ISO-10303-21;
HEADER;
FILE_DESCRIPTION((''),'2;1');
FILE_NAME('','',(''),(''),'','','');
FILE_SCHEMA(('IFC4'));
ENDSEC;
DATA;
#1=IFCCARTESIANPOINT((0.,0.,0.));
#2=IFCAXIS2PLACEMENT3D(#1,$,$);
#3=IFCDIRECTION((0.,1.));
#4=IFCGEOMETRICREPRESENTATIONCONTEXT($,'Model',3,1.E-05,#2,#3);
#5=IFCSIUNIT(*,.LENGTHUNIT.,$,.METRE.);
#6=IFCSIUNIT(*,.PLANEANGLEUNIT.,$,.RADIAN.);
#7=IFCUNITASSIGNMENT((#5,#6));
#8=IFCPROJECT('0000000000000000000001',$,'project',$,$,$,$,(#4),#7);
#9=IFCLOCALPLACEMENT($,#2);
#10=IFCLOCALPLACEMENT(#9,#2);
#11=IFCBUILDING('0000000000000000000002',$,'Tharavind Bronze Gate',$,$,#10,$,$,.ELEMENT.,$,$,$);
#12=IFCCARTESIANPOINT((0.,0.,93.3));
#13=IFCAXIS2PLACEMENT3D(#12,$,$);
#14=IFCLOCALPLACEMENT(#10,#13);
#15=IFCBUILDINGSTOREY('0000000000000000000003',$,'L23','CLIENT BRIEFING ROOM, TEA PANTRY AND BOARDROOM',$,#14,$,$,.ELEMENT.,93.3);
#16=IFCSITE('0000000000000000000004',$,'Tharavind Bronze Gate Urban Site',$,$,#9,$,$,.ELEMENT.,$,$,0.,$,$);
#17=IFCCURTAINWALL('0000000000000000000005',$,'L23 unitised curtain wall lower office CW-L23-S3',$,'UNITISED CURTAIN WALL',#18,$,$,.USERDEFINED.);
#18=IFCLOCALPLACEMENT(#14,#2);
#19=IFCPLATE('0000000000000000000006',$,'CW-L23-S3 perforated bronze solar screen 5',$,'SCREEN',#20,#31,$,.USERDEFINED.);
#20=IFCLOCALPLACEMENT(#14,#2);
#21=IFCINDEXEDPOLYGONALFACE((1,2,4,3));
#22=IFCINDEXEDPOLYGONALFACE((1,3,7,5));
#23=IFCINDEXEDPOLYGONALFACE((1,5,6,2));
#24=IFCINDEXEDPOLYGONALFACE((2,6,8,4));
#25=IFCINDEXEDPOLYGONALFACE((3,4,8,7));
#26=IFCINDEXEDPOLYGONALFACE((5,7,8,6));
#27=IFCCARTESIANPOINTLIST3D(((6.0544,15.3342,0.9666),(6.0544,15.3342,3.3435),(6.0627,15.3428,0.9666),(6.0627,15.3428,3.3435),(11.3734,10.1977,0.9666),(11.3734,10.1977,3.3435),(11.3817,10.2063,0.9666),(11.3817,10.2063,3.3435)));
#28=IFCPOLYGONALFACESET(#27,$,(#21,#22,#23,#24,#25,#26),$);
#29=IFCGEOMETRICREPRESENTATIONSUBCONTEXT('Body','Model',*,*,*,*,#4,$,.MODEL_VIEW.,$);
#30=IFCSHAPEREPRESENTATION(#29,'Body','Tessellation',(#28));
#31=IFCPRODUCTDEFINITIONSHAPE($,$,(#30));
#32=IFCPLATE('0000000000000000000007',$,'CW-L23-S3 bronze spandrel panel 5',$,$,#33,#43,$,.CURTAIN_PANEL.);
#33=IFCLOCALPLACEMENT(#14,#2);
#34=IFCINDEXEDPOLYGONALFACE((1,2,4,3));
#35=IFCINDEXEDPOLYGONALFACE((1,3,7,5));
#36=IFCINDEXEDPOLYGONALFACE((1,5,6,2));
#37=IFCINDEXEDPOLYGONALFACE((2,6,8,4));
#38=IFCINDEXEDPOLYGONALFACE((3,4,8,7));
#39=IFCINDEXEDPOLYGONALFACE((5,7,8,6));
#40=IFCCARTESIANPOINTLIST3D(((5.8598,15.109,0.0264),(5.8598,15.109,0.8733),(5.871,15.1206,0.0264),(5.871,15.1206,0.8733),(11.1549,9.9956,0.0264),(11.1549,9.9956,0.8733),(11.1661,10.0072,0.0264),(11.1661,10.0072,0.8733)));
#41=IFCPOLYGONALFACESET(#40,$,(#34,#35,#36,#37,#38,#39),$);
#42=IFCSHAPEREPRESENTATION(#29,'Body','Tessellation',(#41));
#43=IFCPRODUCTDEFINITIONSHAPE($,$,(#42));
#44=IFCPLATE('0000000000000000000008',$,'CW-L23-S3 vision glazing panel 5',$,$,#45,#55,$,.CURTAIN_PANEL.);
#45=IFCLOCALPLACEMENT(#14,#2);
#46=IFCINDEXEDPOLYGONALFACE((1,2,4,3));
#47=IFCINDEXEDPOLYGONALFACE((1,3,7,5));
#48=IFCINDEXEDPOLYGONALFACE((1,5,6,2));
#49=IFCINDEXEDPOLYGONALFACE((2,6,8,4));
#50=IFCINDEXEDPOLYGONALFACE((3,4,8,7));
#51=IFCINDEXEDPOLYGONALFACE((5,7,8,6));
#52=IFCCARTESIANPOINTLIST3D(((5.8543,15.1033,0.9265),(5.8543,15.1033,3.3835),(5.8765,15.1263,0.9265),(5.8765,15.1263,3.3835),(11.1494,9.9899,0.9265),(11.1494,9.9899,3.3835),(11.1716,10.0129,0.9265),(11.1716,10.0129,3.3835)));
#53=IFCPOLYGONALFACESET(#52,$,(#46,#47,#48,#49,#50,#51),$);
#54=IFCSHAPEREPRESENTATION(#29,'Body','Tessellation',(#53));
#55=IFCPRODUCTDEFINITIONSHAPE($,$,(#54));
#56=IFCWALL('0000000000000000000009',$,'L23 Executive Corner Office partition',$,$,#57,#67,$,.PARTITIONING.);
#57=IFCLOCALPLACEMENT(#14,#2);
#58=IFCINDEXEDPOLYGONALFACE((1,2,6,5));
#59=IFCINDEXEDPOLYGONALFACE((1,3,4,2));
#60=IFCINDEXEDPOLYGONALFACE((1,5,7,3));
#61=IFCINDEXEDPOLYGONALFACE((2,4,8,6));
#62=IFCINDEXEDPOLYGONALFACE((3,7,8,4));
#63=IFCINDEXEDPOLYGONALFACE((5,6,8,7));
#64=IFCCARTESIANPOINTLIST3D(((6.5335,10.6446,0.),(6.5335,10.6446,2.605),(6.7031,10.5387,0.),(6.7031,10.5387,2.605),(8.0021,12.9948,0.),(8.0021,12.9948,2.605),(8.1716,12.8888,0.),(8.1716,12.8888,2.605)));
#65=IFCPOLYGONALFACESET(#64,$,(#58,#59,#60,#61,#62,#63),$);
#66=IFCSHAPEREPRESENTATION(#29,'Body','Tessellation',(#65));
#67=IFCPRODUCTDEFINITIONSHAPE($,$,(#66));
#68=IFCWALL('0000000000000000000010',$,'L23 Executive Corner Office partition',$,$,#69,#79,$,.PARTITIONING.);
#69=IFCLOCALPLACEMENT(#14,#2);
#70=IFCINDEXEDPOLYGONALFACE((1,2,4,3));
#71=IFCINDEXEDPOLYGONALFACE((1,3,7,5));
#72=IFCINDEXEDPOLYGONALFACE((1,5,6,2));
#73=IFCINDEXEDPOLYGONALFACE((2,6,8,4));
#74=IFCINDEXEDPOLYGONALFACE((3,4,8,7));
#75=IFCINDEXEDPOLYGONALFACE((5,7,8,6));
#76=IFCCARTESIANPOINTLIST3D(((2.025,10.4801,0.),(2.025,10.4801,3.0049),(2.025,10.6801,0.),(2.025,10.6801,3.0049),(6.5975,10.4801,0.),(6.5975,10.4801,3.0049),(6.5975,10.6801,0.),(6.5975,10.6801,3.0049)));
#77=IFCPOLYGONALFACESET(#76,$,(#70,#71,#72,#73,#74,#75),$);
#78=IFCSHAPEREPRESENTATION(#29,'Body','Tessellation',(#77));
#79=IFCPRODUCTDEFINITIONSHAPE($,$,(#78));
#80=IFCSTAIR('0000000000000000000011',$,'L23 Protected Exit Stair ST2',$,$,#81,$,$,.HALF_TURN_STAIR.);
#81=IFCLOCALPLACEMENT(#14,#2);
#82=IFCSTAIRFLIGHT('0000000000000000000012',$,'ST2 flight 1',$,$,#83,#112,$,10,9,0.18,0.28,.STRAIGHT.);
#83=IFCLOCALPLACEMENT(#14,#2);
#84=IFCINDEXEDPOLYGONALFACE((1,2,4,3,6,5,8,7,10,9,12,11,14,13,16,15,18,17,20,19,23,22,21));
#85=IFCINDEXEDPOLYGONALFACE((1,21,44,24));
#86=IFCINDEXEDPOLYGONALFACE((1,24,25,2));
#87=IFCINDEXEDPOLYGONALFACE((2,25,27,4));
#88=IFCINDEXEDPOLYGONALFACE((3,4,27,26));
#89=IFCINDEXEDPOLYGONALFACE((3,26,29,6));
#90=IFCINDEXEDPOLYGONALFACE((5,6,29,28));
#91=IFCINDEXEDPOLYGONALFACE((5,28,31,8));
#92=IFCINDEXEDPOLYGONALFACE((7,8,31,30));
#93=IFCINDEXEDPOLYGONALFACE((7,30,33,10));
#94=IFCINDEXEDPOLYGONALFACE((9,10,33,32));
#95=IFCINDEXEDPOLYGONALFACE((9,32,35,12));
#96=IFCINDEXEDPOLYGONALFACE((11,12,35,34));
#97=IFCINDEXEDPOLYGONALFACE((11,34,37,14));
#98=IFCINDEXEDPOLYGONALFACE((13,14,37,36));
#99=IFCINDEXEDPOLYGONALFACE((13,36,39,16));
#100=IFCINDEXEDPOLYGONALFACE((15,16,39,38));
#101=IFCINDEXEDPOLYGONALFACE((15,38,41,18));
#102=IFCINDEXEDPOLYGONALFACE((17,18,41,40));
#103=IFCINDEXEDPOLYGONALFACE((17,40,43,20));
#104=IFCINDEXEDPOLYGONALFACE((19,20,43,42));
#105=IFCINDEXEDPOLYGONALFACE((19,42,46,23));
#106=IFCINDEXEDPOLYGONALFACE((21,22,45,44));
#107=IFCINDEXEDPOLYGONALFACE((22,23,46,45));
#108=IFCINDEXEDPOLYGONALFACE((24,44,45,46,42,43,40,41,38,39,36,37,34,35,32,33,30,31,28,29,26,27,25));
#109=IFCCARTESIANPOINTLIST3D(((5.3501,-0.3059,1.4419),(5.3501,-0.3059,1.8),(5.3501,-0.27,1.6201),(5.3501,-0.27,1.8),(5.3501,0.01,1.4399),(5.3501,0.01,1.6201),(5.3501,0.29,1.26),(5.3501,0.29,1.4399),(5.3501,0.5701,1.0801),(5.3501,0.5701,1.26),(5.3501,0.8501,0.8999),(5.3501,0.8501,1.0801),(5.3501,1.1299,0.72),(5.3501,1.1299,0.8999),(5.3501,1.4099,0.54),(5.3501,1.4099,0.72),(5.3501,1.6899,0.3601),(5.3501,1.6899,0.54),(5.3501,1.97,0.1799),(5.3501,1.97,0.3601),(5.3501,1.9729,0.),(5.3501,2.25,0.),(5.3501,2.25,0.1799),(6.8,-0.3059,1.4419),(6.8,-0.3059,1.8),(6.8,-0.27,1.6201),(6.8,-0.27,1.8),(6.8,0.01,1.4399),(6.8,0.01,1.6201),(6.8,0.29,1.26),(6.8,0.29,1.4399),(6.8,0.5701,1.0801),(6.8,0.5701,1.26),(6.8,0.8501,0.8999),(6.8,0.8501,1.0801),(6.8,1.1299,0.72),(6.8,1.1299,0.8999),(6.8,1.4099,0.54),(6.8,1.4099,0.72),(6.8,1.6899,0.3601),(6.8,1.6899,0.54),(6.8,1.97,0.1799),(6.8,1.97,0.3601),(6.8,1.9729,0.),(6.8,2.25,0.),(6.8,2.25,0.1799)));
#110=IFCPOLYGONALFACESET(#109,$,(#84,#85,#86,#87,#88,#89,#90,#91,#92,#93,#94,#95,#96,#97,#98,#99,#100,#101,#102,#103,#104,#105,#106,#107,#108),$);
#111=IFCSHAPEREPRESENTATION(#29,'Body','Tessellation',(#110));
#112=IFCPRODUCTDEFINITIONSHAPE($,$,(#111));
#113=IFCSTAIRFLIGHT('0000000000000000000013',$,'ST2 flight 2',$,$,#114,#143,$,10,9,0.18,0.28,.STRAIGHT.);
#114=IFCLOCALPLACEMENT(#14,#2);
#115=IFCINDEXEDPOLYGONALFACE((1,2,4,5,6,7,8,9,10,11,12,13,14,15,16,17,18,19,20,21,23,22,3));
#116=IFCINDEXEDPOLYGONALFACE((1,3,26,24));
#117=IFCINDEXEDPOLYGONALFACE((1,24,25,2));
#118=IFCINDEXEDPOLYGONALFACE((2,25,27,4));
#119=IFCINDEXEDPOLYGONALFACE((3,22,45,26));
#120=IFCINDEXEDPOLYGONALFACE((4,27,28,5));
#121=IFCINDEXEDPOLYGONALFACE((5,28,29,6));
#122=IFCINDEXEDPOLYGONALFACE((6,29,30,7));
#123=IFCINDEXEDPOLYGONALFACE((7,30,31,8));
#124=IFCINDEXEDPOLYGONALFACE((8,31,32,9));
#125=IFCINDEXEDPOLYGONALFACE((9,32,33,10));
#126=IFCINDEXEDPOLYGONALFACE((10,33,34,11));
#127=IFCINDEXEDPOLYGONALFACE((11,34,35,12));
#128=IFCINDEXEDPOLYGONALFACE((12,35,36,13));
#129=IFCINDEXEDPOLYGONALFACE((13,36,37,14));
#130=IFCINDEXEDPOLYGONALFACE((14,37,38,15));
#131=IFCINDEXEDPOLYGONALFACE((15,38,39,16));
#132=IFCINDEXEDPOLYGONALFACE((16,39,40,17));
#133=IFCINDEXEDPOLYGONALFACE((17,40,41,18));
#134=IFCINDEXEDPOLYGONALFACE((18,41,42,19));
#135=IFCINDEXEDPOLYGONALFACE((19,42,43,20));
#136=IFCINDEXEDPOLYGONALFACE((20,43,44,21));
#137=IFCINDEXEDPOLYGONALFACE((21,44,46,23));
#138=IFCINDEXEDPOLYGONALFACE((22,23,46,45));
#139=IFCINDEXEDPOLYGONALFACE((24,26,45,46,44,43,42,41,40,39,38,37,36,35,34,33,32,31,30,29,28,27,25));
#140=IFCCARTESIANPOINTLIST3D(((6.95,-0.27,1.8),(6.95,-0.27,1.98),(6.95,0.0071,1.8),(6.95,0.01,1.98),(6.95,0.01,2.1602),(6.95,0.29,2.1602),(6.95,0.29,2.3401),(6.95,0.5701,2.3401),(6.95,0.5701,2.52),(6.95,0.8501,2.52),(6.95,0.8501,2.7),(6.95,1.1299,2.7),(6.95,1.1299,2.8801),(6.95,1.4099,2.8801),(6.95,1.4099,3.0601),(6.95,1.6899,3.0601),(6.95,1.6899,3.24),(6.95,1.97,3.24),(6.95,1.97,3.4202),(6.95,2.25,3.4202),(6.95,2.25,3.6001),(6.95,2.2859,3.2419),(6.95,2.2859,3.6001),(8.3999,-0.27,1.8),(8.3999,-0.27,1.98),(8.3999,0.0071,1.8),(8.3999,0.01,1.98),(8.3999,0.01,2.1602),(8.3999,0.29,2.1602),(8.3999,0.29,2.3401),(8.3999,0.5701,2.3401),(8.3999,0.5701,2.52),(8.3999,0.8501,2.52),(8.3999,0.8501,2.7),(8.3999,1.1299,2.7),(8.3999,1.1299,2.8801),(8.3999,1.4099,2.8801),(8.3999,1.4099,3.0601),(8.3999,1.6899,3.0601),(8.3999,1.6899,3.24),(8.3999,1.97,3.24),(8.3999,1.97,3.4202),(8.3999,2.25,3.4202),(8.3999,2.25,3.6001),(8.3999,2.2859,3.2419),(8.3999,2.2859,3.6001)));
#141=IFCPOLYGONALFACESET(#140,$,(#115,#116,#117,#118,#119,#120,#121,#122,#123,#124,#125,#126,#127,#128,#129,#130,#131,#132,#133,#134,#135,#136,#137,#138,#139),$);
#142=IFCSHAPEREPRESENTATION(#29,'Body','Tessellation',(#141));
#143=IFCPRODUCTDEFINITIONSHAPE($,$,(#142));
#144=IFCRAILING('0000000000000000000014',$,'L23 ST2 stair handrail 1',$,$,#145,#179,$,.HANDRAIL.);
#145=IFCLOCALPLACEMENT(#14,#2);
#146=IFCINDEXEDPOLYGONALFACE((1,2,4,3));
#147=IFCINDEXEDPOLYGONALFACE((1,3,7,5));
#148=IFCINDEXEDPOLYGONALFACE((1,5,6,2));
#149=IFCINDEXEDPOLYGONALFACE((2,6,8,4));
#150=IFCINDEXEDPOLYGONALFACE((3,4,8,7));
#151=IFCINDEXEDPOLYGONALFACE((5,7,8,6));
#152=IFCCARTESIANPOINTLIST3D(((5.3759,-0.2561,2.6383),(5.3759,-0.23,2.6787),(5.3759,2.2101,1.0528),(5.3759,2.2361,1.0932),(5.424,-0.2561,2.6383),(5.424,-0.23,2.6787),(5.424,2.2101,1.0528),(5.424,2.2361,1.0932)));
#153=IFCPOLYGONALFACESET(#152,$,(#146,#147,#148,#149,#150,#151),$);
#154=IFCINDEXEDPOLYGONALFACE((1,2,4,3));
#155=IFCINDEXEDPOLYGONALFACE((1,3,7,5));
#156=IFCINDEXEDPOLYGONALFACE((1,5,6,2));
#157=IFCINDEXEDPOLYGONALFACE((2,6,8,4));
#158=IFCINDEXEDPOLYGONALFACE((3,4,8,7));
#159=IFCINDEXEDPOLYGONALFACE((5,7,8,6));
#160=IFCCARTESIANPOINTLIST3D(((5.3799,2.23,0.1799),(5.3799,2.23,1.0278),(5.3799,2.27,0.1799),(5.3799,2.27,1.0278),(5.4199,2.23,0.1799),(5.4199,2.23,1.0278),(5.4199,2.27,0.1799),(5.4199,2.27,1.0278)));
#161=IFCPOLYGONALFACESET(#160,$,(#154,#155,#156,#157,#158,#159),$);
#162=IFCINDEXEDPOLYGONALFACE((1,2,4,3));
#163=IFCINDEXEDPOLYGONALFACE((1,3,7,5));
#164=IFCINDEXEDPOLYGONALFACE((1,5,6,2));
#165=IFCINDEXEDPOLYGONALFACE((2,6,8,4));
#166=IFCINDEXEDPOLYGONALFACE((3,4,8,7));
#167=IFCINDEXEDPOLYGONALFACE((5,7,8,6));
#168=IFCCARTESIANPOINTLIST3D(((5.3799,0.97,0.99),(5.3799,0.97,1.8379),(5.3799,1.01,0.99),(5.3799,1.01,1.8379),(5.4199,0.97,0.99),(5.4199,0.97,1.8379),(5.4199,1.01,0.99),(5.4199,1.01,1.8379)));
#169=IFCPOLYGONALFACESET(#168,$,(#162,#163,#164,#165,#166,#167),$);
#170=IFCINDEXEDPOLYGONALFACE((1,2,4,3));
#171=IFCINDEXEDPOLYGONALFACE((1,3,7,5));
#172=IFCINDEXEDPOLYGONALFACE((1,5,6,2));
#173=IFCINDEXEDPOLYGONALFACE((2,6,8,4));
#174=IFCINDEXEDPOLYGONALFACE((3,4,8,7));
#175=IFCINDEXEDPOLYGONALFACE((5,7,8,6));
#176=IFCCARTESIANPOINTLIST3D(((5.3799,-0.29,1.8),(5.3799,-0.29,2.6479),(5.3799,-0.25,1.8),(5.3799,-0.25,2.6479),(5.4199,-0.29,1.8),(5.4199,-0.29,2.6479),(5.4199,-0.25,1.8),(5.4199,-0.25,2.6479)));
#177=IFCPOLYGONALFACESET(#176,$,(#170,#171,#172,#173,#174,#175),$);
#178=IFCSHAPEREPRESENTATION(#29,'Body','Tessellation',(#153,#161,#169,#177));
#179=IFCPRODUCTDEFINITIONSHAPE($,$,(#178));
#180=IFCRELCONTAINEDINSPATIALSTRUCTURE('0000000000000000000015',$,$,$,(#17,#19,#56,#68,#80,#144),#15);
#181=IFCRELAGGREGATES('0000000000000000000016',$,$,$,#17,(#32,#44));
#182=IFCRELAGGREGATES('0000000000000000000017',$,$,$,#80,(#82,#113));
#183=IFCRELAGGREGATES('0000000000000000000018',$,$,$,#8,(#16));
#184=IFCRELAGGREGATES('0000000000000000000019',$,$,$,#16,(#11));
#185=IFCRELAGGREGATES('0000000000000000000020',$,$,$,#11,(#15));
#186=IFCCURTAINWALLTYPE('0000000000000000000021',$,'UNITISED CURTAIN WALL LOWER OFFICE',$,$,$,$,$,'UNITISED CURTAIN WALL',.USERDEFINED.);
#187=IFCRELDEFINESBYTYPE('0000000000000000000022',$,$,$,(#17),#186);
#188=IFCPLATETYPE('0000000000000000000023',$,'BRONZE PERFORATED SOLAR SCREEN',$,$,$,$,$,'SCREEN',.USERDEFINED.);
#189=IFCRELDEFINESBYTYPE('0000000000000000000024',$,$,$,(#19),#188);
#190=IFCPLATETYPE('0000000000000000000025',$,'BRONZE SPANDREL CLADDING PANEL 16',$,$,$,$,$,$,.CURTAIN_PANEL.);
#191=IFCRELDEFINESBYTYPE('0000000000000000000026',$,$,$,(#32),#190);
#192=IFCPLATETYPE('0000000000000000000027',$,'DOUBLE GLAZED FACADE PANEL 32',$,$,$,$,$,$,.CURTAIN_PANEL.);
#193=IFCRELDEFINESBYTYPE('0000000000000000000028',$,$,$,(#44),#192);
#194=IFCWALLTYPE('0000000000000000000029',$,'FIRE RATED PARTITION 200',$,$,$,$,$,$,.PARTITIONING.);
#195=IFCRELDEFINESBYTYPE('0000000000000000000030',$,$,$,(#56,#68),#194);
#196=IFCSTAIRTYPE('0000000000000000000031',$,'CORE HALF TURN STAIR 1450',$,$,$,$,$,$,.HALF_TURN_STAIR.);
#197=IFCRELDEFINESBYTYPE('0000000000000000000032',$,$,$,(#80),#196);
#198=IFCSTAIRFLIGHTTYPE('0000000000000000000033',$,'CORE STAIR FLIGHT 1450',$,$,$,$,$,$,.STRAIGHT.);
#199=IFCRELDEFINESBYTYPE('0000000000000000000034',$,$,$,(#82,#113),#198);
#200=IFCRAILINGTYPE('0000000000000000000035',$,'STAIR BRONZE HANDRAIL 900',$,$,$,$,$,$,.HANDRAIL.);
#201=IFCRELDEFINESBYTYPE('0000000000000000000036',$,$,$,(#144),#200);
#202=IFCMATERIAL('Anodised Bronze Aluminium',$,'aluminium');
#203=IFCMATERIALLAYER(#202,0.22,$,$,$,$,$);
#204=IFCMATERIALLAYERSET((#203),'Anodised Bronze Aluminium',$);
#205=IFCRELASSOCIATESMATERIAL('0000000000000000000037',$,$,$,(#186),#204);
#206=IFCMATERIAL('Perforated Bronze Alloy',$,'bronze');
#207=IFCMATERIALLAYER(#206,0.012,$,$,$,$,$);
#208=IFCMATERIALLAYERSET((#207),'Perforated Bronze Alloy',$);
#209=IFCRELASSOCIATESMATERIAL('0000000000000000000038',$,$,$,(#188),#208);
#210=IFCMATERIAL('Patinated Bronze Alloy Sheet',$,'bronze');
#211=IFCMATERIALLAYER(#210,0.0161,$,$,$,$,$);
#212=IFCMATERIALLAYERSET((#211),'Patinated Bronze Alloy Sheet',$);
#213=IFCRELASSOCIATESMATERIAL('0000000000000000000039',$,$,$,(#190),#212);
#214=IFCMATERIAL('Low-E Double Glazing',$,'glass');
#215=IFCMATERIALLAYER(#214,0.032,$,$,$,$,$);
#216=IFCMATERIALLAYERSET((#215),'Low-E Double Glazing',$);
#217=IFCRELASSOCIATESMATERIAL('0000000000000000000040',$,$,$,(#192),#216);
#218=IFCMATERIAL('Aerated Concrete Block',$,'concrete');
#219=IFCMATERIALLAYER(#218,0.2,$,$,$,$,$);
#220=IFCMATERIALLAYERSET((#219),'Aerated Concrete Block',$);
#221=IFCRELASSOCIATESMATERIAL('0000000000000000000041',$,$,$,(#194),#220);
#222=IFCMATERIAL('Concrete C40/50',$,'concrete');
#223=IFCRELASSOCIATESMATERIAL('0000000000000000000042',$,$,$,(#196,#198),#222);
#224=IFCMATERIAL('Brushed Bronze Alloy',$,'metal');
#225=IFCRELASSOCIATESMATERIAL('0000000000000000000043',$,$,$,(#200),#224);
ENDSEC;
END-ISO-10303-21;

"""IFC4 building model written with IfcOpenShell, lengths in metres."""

from ifc_helpers import new_model, si_unit, direction, frame, frame_2d, origin, origin_2d, place, context, subcontext, project, spatial, polyline, rectangle, outline, extrude, material, layer, layer_set, type_object, element, aggregate, save


model = new_model("IFC4")

# Units and contexts
model_context = context("Model", 3, precision=1e-05, world=origin(), true_north=direction((0.0, 1.0)))
body_context = subcontext(model_context, "Body", "Model", "MODEL_VIEW")
ifc_project = project(units=[si_unit("LENGTHUNIT", "METRE"), si_unit("PLANEANGLEUNIT", "RADIAN")], contexts=[model_context])

# Site, building, storey
site_placement = place(None, origin())
site = spatial("IfcSite", under=ifc_project, at=site_placement, Name="Tharavind Bronze Gate Urban Site", CompositionType="ELEMENT", RefElevation=0.0)
building_placement = place(site_placement, origin())
building = spatial("IfcBuilding", under=site, at=building_placement, Name="Tharavind Bronze Gate", CompositionType="ELEMENT")
storey_placement = place(building_placement, frame((0.0, 0.0, 93.3)))
storey = spatial("IfcBuildingStorey", under=building, at=storey_placement, Name="L23", Description="CLIENT BRIEFING ROOM, TEA PANTRY AND BOARDROOM", CompositionType="ELEMENT", Elevation=93.3)

# Curtain wall
ifc_material_1 = material(Name="Anodised Bronze Aluminium", Category="aluminium")
ifc_layer_1 = layer(ifc_material_1, 0.22)
ifc_layer_set_1 = layer_set([ifc_layer_1], Name="Anodised Bronze Aluminium")
curtain_wall_type = type_object("IfcCurtainWallType", Name="UNITISED CURTAIN WALL LOWER OFFICE", ElementType="UNITISED CURTAIN WALL", PredefinedType="USERDEFINED", material=ifc_layer_set_1)
curtain_wall_placement = place(storey_placement, origin())
curtain_wall = element("IfcCurtainWall", 1, at=curtain_wall_placement, inside=storey, type_object=curtain_wall_type, Name="L23 unitised curtain wall lower office CW-L23-S3", ObjectType="UNITISED CURTAIN WALL", PredefinedType="USERDEFINED")

# Plates
ifc_material_2 = material(Name="Perforated Bronze Alloy", Category="bronze")
ifc_layer_2 = layer(ifc_material_2, 0.012)
ifc_layer_set_2 = layer_set([ifc_layer_2], Name="Perforated Bronze Alloy")
plate_type_1 = type_object("IfcPlateType", Name="BRONZE PERFORATED SOLAR SCREEN", ElementType="SCREEN", PredefinedType="USERDEFINED", material=ifc_layer_set_2)
plate_1_placement = place(storey_placement, frame((8.718, 12.7703, 0.9666), z_axis=(0.0, 0.0, 1.0), x_axis=(-0.719341, 0.694657, 0.0)))
element("IfcPlate", 2, at=plate_1_placement, inside=storey, type_object=plate_type_1, Name="CW-L23-S3 perforated bronze solar screen 5", ObjectType="SCREEN", PredefinedType="USERDEFINED", context=body_context, shape_type="SweptSolid", body=[
    extrude(rectangle(XDim=7.3943, YDim=0.012, at=origin_2d()), origin(), (0.0, 0.0, 1.0), 2.377),
])
ifc_material_3 = material(Name="Patinated Bronze Alloy Sheet", Category="bronze")
ifc_layer_3 = layer(ifc_material_3, 0.0161)
ifc_layer_set_3 = layer_set([ifc_layer_3], Name="Patinated Bronze Alloy Sheet")
plate_type_2 = type_object("IfcPlateType", Name="BRONZE SPANDREL CLADDING PANEL 16", PredefinedType="CURTAIN_PANEL", material=ifc_layer_set_3)
plate_2_placement = place(storey_placement, frame((8.5129, 12.5581, 0.0264), z_axis=(0.0, 0.0, 1.0), x_axis=(-0.719341, 0.694657, 0.0)))
plate_2 = element("IfcPlate", 3, at=plate_2_placement, type_object=plate_type_2, Name="CW-L23-S3 bronze spandrel panel 5", PredefinedType="CURTAIN_PANEL", context=body_context, shape_type="SweptSolid", body=[
    extrude(rectangle(XDim=7.3611, YDim=0.0161, at=origin_2d()), origin(), (0.0, 0.0, 1.0), 0.8469),
])
ifc_material_4 = material(Name="Low-E Double Glazing", Category="glass")
ifc_layer_4 = layer(ifc_material_4, 0.032)
ifc_layer_set_4 = layer_set([ifc_layer_4], Name="Low-E Double Glazing")
plate_type_3 = type_object("IfcPlateType", Name="DOUBLE GLAZED FACADE PANEL 32", PredefinedType="CURTAIN_PANEL", material=ifc_layer_set_4)
plate_3_placement = place(storey_placement, frame((8.5129, 12.5581, 0.9265), z_axis=(0.0, 0.0, 1.0), x_axis=(-0.719341, 0.694657, 0.0)))
plate_3 = element("IfcPlate", 4, at=plate_3_placement, type_object=plate_type_3, Name="CW-L23-S3 vision glazing panel 5", PredefinedType="CURTAIN_PANEL", context=body_context, shape_type="SweptSolid", body=[
    extrude(rectangle(XDim=7.3611, YDim=0.032, at=origin_2d()), origin(), (0.0, 0.0, 1.0), 2.457),
])
aggregate(curtain_wall, [plate_2, plate_3])

# Walls
ifc_material_5 = material(Name="Aerated Concrete Block", Category="concrete")
ifc_layer_5 = layer(ifc_material_5, 0.2)
ifc_layer_set_5 = layer_set([ifc_layer_5], Name="Aerated Concrete Block")
wall_type_1 = type_object("IfcWallType", Name="FIRE RATED PARTITION 200", PredefinedType="PARTITIONING", material=ifc_layer_set_5)
wall_1_placement = place(storey_placement, frame((8.0869, 12.9419, 0.0), z_axis=(0.0, 0.0, 1.0), x_axis=(-0.52992, -0.848048, 0.0)))
element("IfcWall", 5, at=wall_1_placement, inside=storey, type_object=wall_type_1, Name="L23 Executive Corner Office partition", PredefinedType="PARTITIONING", context=body_context, shape_type="SweptSolid", body=[
    extrude(rectangle(XDim=2.7712, YDim=0.2, at=frame_2d((1.3857, 0.0))), origin(), (0.0, 0.0, 1.0), 2.605),
])
wall_2_placement = place(storey_placement, frame((6.5974, 10.5801, 0.0), z_axis=(0.0, 0.0, 1.0), x_axis=(-1.0, 0.0, 0.0)))
element("IfcWall", 6, at=wall_2_placement, inside=storey, type_object=wall_type_1, Name="L23 Executive Corner Office partition", PredefinedType="PARTITIONING", context=body_context, shape_type="SweptSolid", body=[
    extrude(rectangle(XDim=4.5725, YDim=0.2, at=frame_2d((2.2861, 0.0))), origin(), (0.0, 0.0, 1.0), 3.0049),
])

# Stair, stair flights
ifc_material_6 = material(Name="Concrete C40/50", Category="concrete")
stair_type = type_object("IfcStairType", Name="CORE HALF TURN STAIR 1450", PredefinedType="HALF_TURN_STAIR", material=ifc_material_6)
stair_placement = place(storey_placement, origin())
stair = element("IfcStair", 7, at=stair_placement, inside=storey, type_object=stair_type, Name="L23 Protected Exit Stair ST2", PredefinedType="HALF_TURN_STAIR")
stair_flight_type = type_object("IfcStairFlightType", Name="CORE STAIR FLIGHT 1450", PredefinedType="STRAIGHT", material=ifc_material_6)
stair_flight_1_placement = place(storey_placement, frame((6.075, 2.25, 0.0), z_axis=(0.0, 0.0, 1.0), x_axis=(0.0, -1.0, 0.0)))
stair_flight_1 = element("IfcStairFlight", 8, at=stair_flight_1_placement, type_object=stair_flight_type, Name="ST2 flight 1", NumberOfRisers=10, NumberOfTreads=9, PredefinedType="STRAIGHT", RiserHeight=0.18, TreadLength=0.28, context=body_context, shape_type="SweptSolid", body=[
    extrude(outline(polyline([(0.0, 0.0), (0.0, 0.1799), (0.28, 0.1799), (0.28, 0.3601), (0.5601, 0.3601), (0.5601, 0.54), (0.8401, 0.54), (0.8401, 0.72), (1.1201, 0.72), (1.1201, 0.8999), (1.3999, 0.8999), (1.3999, 1.0801), (1.6799, 1.0801), (1.6799, 1.26), (1.96, 1.26), (1.96, 1.4399), (2.24, 1.4399), (2.24, 1.6201), (2.52, 1.6201), (2.52, 1.8), (2.5559, 1.8), (2.5559, 1.4419), (0.2771, 0.0), (0.0, 0.0)])), frame((0.0, 0.7251, 0.0), z_axis=(0.0, -1.0, 0.0), x_axis=(1.0, 0.0, 0.0)), (0.0, 0.0, 1.0), 1.45),
])
stair_flight_2_placement = place(storey_placement, frame((7.675, -0.27, 1.8), z_axis=(0.0, 0.0, 1.0), x_axis=(0.0, 1.0, 0.0)))
stair_flight_2 = element("IfcStairFlight", 9, at=stair_flight_2_placement, type_object=stair_flight_type, Name="ST2 flight 2", NumberOfRisers=10, NumberOfTreads=9, PredefinedType="STRAIGHT", RiserHeight=0.18, TreadLength=0.28, context=body_context, shape_type="SweptSolid", body=[
    extrude(outline(polyline([(0.0, 0.0), (0.0, 0.1799), (0.28, 0.1799), (0.28, 0.3601), (0.5601, 0.3601), (0.5601, 0.54), (0.8401, 0.54), (0.8401, 0.72), (1.1201, 0.72), (1.1201, 0.8999), (1.3999, 0.8999), (1.3999, 1.0801), (1.6799, 1.0801), (1.6799, 1.26), (1.96, 1.26), (1.96, 1.4399), (2.24, 1.4399), (2.24, 1.6201), (2.52, 1.6201), (2.52, 1.8), (2.5559, 1.8), (2.5559, 1.4419), (0.2771, 0.0), (0.0, 0.0)])), frame((0.0, 0.7251, 0.0), z_axis=(0.0, -1.0, 0.0), x_axis=(1.0, 0.0, 0.0)), (0.0, 0.0, 1.0), 1.45),
])
aggregate(stair, [stair_flight_1, stair_flight_2])

# Railing
ifc_material_7 = material(Name="Brushed Bronze Alloy", Category="metal")
railing_type_1 = type_object("IfcRailingType", Name="STAIR BRONZE HANDRAIL 900", PredefinedType="HANDRAIL", material=ifc_material_7)
railing_1_placement = place(storey_placement, frame((5.3999, 2.25, 0.1799)))
element("IfcRailing", 10, at=railing_1_placement, inside=storey, type_object=railing_type_1, Name="L23 ST2 stair handrail 1", PredefinedType="HANDRAIL", context=body_context, shape_type="SweptSolid", body=[
    extrude(rectangle(XDim=0.0481, YDim=0.0481, at=origin_2d()), frame((0.0, -0.0269, 0.8931), z_axis=(0.0, -0.841163, 0.540782), x_axis=(1.0, 0.0, 0.0)), (0.0, 0.0, 1.0), 2.9319),
    extrude(rectangle(XDim=0.04, YDim=0.04, at=origin_2d()), origin(), (0.0, 0.0, 1.0), 0.8479),
    extrude(rectangle(XDim=0.04, YDim=0.04, at=origin_2d()), frame((0.0, -1.26, 0.8101)), (0.0, 0.0, 1.0), 0.8479),
    extrude(rectangle(XDim=0.04, YDim=0.04, at=origin_2d()), frame((0.0, -2.52, 1.6201)), (0.0, 0.0, 1.0), 0.8479),
])

save(model, "model.ifc")
